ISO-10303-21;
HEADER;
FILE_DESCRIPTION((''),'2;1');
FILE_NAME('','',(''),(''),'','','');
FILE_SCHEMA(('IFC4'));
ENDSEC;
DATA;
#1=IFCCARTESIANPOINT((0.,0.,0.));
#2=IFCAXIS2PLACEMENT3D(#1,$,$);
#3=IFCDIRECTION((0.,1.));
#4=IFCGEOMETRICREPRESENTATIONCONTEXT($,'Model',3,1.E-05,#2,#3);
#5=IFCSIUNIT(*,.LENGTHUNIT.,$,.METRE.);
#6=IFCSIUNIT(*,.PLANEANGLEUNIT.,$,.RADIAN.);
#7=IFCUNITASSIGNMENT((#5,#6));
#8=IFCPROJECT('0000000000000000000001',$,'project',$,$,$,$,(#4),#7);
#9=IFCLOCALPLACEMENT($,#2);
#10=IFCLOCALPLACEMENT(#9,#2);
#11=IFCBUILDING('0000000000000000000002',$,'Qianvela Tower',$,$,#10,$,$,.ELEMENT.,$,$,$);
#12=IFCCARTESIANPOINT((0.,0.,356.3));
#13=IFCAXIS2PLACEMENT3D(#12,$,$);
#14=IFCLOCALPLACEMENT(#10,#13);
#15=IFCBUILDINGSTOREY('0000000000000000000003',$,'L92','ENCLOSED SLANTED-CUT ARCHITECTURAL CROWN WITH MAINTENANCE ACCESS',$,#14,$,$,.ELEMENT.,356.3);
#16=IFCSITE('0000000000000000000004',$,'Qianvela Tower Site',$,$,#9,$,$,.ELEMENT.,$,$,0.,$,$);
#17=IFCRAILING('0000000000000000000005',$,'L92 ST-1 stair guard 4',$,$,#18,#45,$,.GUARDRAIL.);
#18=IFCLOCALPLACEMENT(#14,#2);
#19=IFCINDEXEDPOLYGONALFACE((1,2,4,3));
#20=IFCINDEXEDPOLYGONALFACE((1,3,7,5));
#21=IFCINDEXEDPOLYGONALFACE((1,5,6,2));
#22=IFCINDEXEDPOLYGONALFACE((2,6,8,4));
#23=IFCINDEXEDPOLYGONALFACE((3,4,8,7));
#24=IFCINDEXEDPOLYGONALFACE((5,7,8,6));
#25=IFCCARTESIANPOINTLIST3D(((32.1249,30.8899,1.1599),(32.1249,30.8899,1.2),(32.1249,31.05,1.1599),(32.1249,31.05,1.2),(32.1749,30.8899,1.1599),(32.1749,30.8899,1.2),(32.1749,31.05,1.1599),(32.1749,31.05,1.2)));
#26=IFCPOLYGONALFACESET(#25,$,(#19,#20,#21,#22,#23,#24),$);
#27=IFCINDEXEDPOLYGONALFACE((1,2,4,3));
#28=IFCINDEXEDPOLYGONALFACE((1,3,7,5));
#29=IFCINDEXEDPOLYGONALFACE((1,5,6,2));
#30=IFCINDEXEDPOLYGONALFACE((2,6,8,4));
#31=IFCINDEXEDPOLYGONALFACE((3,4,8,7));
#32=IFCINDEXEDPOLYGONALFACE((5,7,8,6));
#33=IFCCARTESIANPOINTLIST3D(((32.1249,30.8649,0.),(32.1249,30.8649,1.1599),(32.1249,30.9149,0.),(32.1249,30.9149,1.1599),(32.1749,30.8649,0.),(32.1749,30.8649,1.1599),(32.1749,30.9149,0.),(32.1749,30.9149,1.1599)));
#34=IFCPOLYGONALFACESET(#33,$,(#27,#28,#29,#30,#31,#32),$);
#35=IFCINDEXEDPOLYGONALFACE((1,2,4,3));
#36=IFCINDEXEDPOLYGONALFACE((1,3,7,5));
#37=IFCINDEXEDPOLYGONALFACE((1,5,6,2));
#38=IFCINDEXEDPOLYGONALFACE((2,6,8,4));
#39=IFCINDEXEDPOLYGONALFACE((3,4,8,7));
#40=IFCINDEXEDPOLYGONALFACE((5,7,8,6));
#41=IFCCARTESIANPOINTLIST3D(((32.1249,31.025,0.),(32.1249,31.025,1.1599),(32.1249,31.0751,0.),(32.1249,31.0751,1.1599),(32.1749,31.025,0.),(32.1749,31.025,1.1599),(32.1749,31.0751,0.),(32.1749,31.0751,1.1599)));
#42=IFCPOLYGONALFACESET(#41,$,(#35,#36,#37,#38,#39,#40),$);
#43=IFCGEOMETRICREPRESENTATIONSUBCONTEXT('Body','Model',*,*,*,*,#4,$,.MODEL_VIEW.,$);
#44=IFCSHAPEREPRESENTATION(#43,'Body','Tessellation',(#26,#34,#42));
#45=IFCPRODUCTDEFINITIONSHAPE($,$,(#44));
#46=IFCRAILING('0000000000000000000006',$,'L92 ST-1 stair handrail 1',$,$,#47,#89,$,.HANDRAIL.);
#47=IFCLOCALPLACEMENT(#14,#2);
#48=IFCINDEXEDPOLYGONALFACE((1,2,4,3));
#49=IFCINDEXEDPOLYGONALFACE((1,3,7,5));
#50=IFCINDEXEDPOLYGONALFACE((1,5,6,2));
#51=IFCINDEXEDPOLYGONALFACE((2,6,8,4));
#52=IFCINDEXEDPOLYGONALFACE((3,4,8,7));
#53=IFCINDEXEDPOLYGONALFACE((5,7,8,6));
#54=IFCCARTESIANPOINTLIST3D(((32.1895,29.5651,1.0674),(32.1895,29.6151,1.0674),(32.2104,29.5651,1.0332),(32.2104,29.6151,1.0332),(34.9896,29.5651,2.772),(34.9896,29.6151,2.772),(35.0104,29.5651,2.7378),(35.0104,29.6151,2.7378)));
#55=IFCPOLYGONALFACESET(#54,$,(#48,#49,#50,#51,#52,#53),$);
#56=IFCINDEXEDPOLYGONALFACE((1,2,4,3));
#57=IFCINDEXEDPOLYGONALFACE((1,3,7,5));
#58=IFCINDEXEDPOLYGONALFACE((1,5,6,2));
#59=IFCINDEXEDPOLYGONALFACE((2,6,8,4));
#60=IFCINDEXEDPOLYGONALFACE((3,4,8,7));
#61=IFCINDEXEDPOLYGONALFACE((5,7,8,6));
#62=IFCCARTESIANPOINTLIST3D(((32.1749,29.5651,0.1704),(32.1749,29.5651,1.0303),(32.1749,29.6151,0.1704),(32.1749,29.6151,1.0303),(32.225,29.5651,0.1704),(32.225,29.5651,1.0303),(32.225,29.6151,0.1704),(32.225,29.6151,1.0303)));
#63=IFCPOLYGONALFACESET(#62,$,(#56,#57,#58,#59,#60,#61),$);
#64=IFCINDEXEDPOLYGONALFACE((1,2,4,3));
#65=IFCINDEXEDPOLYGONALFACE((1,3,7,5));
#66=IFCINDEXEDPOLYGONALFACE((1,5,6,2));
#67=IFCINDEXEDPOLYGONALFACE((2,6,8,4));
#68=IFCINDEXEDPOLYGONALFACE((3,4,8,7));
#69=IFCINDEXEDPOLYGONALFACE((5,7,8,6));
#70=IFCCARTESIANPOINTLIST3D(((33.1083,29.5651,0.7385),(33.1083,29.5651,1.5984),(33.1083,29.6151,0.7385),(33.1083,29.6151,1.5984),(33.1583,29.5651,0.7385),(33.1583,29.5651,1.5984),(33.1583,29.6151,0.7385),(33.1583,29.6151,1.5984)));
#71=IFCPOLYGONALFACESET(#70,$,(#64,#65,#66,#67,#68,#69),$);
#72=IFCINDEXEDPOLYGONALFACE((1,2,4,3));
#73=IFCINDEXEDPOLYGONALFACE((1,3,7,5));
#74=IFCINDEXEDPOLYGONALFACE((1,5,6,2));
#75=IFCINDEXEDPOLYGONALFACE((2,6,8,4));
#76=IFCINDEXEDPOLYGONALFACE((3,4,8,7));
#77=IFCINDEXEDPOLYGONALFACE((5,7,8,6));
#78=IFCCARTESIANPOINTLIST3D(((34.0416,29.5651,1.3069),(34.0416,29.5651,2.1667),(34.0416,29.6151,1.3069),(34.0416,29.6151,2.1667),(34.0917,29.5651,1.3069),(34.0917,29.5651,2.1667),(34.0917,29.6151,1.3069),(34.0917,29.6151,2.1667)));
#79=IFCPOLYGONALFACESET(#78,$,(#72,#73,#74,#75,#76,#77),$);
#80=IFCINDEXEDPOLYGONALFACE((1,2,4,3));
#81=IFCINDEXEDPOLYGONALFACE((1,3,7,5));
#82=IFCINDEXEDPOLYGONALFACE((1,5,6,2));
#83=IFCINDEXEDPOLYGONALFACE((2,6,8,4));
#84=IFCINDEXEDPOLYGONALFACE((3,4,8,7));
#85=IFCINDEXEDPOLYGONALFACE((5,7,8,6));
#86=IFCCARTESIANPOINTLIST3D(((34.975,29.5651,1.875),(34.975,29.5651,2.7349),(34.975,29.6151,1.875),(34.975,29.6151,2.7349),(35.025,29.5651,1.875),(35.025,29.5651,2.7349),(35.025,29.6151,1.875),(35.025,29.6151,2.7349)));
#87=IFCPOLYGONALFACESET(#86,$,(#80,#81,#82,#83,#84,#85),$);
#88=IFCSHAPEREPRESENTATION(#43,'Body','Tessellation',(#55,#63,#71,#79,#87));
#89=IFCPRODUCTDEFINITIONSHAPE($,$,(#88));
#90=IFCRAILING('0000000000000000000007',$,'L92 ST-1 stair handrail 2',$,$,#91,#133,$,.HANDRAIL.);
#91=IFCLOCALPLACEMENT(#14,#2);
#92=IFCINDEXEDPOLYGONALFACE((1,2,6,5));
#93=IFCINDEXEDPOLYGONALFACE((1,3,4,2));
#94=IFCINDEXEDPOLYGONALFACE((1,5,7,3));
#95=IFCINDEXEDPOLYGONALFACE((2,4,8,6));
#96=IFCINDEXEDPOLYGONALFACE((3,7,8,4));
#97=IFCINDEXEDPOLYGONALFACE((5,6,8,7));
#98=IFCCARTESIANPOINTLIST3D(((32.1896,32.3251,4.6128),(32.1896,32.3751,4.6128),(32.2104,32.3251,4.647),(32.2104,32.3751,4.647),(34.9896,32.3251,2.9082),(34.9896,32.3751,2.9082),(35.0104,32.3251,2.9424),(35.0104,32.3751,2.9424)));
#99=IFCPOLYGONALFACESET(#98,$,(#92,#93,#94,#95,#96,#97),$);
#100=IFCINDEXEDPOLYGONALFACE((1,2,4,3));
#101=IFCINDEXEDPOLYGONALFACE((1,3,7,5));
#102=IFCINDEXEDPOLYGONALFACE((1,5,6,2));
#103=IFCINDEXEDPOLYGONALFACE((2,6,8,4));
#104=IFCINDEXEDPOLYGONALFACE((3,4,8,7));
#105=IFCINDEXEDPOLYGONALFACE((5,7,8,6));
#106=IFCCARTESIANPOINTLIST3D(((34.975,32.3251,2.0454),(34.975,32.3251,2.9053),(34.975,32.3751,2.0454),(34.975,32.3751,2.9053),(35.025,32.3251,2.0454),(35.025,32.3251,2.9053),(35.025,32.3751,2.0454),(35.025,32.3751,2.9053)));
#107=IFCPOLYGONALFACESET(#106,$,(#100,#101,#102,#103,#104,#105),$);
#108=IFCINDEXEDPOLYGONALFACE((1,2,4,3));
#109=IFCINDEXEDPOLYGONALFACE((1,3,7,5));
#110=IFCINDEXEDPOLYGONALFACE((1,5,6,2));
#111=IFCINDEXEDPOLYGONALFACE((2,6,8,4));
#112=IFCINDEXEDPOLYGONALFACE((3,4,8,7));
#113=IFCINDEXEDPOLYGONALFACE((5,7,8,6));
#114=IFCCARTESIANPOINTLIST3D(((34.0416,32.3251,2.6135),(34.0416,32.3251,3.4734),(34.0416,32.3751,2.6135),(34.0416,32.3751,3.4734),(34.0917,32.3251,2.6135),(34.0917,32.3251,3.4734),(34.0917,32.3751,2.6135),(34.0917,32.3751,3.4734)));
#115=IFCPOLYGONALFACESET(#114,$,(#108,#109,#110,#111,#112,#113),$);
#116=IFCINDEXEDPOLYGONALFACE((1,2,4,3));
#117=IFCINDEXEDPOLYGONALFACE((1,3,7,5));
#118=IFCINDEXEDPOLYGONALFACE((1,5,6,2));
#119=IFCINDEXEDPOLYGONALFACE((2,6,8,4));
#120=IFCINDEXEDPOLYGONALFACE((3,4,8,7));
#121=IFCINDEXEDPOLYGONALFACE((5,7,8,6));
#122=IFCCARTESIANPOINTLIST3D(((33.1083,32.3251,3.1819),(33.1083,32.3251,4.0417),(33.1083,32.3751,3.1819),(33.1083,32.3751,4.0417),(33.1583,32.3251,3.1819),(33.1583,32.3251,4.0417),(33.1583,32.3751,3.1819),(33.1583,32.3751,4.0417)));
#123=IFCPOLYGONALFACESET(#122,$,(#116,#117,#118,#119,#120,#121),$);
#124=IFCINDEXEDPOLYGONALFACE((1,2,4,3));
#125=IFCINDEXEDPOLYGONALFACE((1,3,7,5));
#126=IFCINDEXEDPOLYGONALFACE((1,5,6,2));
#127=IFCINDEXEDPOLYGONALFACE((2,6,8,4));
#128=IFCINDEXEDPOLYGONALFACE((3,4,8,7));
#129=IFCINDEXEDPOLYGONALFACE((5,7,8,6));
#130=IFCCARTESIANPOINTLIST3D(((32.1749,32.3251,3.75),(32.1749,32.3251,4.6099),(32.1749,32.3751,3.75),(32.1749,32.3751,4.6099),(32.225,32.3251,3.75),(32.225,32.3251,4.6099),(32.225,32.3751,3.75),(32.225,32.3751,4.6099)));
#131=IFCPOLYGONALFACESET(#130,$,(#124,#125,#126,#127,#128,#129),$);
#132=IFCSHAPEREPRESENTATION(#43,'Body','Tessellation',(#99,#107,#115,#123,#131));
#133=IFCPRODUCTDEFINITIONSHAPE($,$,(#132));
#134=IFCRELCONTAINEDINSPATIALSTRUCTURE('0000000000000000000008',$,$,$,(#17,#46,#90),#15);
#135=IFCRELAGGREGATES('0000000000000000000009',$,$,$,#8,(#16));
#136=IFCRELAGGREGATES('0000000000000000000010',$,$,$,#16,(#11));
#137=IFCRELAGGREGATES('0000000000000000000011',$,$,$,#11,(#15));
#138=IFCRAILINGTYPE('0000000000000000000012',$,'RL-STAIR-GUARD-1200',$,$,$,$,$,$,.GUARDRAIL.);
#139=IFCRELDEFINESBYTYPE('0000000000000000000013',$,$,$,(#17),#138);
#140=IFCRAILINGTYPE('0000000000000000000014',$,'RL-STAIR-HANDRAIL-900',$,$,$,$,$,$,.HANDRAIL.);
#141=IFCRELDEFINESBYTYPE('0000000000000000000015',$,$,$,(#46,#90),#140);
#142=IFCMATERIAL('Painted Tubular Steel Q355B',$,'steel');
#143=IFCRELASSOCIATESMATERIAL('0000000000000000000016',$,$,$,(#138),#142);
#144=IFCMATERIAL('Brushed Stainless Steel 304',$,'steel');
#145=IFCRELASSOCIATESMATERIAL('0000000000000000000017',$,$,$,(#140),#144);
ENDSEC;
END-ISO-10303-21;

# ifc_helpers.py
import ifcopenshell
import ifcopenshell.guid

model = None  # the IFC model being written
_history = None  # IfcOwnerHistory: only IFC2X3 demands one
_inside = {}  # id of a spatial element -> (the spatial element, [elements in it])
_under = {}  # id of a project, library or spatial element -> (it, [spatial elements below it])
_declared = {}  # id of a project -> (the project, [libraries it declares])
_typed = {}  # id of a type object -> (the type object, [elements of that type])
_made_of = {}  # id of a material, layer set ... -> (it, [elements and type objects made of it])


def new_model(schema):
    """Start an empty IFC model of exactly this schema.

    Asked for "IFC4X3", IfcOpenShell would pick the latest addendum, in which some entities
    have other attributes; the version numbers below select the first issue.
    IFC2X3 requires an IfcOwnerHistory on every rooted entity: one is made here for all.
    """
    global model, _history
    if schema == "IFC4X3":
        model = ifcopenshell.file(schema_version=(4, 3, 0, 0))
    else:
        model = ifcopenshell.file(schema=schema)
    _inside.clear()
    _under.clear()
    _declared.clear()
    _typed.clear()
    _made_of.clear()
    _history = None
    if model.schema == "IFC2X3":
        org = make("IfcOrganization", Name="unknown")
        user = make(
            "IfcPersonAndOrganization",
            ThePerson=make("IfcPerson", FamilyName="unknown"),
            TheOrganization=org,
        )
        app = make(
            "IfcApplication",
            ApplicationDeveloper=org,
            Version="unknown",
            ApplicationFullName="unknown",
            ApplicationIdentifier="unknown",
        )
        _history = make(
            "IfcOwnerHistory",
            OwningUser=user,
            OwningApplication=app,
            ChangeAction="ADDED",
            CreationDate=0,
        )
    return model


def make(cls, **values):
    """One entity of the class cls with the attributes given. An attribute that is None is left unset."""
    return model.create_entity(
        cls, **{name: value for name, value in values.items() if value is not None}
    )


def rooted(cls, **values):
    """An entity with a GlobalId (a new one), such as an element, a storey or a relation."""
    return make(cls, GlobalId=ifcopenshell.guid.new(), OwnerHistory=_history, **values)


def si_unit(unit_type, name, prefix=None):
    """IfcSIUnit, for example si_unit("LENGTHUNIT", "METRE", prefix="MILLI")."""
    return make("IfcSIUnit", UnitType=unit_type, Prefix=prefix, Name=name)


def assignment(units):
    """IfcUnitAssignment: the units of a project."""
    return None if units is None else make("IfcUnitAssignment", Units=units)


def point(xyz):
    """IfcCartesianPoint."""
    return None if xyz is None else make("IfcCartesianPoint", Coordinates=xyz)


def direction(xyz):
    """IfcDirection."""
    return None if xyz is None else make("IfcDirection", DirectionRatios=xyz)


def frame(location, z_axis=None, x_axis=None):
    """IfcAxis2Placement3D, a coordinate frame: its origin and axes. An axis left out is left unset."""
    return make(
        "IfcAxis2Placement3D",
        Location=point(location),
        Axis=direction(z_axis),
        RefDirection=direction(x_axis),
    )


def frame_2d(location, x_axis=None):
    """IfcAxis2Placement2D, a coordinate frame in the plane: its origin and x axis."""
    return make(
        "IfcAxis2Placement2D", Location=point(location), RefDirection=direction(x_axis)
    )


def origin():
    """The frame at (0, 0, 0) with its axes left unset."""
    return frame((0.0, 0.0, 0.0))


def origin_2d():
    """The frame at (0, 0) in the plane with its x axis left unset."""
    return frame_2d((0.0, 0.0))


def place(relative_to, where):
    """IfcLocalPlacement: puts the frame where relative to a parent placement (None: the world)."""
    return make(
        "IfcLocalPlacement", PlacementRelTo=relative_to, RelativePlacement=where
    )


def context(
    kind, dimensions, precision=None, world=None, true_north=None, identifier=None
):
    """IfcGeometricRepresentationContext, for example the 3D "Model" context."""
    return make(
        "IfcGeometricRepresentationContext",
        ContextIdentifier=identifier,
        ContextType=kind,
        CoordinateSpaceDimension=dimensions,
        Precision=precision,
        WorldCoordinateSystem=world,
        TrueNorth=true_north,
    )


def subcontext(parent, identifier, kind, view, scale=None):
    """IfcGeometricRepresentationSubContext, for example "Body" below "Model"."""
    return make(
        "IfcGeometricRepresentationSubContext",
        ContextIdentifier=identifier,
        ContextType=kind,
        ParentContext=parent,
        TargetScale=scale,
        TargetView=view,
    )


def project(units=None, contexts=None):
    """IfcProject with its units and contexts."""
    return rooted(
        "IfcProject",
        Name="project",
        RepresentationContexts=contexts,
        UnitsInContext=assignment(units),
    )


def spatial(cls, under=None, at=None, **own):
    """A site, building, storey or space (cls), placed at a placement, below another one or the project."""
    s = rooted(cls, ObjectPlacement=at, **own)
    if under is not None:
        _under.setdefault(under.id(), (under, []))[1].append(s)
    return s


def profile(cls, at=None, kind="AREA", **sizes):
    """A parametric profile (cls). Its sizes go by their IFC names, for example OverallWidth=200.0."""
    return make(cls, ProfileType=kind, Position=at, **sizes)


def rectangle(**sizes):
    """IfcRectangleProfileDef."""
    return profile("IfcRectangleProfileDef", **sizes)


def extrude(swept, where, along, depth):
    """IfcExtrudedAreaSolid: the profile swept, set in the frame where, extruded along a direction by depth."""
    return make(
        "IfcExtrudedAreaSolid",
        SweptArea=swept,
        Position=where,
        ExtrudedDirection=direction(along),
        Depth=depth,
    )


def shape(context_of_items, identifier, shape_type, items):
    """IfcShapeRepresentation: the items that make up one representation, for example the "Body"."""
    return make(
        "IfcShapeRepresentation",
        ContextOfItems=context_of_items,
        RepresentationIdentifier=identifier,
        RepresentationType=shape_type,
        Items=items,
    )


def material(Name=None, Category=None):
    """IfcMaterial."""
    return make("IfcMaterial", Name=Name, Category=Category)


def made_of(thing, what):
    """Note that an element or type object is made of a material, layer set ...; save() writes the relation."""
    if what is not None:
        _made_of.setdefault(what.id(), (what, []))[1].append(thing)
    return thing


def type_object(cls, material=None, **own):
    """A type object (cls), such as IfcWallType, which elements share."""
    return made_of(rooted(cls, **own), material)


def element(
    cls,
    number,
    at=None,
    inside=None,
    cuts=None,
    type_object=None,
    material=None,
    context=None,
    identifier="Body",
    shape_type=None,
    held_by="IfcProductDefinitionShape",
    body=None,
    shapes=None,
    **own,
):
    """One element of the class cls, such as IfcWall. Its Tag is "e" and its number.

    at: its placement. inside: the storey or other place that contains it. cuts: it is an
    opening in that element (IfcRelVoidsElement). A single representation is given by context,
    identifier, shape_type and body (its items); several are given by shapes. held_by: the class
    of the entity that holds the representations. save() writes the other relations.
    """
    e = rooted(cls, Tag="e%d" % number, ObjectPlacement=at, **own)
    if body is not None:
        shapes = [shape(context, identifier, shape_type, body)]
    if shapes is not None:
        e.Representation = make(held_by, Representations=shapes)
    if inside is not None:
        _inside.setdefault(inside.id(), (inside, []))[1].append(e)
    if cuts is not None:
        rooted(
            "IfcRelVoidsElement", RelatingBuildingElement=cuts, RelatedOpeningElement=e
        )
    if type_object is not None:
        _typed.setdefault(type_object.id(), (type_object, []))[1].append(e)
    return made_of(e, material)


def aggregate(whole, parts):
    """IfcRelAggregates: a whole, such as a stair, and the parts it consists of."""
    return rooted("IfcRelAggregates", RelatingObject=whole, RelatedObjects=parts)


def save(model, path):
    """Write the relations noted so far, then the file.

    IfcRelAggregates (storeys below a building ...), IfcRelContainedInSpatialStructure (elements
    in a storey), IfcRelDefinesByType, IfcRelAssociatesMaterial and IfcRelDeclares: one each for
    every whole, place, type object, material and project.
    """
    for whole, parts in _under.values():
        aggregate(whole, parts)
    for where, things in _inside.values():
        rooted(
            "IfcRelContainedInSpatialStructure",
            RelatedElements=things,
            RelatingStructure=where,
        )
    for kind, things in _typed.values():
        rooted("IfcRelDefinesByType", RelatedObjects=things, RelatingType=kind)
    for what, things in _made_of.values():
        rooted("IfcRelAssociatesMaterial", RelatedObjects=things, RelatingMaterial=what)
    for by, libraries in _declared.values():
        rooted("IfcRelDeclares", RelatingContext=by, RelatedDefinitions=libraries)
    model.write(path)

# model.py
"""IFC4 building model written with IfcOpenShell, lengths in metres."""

from ifc_helpers import new_model, si_unit, direction, frame, origin, origin_2d, place, context, subcontext, project, spatial, rectangle, extrude, material, type_object, element, save


model = new_model("IFC4")

# Units and contexts
model_context = context("Model", 3, precision=1e-05, world=origin(), true_north=direction((0.0, 1.0)))
body_context = subcontext(model_context, "Body", "Model", "MODEL_VIEW")
ifc_project = project(units=[si_unit("LENGTHUNIT", "METRE"), si_unit("PLANEANGLEUNIT", "RADIAN")], contexts=[model_context])

# Site, building, storey
site_placement = place(None, origin())
site = spatial("IfcSite", under=ifc_project, at=site_placement, Name="Qianvela Tower Site", CompositionType="ELEMENT", RefElevation=0.0)
building_placement = place(site_placement, origin())
building = spatial("IfcBuilding", under=site, at=building_placement, Name="Qianvela Tower", CompositionType="ELEMENT")
storey_placement = place(building_placement, frame((0.0, 0.0, 356.3)))
storey = spatial("IfcBuildingStorey", under=building, at=storey_placement, Name="L92", Description="ENCLOSED SLANTED-CUT ARCHITECTURAL CROWN WITH MAINTENANCE ACCESS", CompositionType="ELEMENT", Elevation=356.3)

# Railings
ifc_material_1 = material(Name="Painted Tubular Steel Q355B", Category="steel")
railing_type_1 = type_object("IfcRailingType", Name="RL-STAIR-GUARD-1200", PredefinedType="GUARDRAIL", material=ifc_material_1)
railing_1_placement = place(storey_placement, frame((32.1499, 30.8899, 0.0)))
element("IfcRailing", 1, at=railing_1_placement, inside=storey, type_object=railing_type_1, Name="L92 ST-1 stair guard 4", PredefinedType="GUARDRAIL", context=body_context, shape_type="SweptSolid", body=[
    extrude(rectangle(XDim=0.05, YDim=0.04, at=origin_2d()), frame((0.0, 0.0, 1.1799), z_axis=(0.0, 1.0, 0.0), x_axis=(-1.0, 0.0, 0.0)), (0.0, 0.0, 1.0), 0.1602),
    extrude(rectangle(XDim=0.05, YDim=0.05, at=origin_2d()), origin(), (0.0, 0.0, 1.0), 1.1599),
    extrude(rectangle(XDim=0.05, YDim=0.05, at=origin_2d()), frame((0.0, 0.1602, 0.0)), (0.0, 0.0, 1.0), 1.1599),
])
ifc_material_2 = material(Name="Brushed Stainless Steel 304", Category="steel")
railing_type_2 = type_object("IfcRailingType", Name="RL-STAIR-HANDRAIL-900", PredefinedType="HANDRAIL", material=ifc_material_2)
railing_2_placement = place(storey_placement, frame((32.2, 29.5901, 0.1704)))
element("IfcRailing", 2, at=railing_2_placement, inside=storey, type_object=railing_type_2, Name="L92 ST-1 stair handrail 1", PredefinedType="HANDRAIL", context=body_context, shape_type="SweptSolid", body=[
    extrude(rectangle(XDim=0.05, YDim=0.04, at=origin_2d()), frame((0.0, 0.0, 0.8799), z_axis=(0.85417, 0.0, 0.519994), x_axis=(0.0, 1.0, 0.0)), (0.0, 0.0, 1.0), 3.2781),
    extrude(rectangle(XDim=0.05, YDim=0.05, at=origin_2d()), origin(), (0.0, 0.0, 1.0), 0.8599),
    extrude(rectangle(XDim=0.05, YDim=0.05, at=origin_2d()), frame((0.9333, 0.0, 0.5681)), (0.0, 0.0, 1.0), 0.8599),
    extrude(rectangle(XDim=0.05, YDim=0.05, at=origin_2d()), frame((1.8667, 0.0, 1.1365)), (0.0, 0.0, 1.0), 0.8599),
    extrude(rectangle(XDim=0.05, YDim=0.05, at=origin_2d()), frame((2.8, 0.0, 1.7046)), (0.0, 0.0, 1.0), 0.8599),
])
railing_3_placement = place(storey_placement, frame((35.0, 32.3501, 2.0454)))
element("IfcRailing", 3, at=railing_3_placement, inside=storey, type_object=railing_type_2, Name="L92 ST-1 stair handrail 2", PredefinedType="HANDRAIL", context=body_context, shape_type="SweptSolid", body=[
    extrude(rectangle(XDim=0.05, YDim=0.04, at=origin_2d()), frame((0.0, 0.0, 0.8799), z_axis=(-0.85417, 0.0, 0.519994), x_axis=(0.0, -1.0, 0.0)), (0.0, 0.0, 1.0), 3.2781),
    extrude(rectangle(XDim=0.05, YDim=0.05, at=origin_2d()), origin(), (0.0, 0.0, 1.0), 0.8599),
    extrude(rectangle(XDim=0.05, YDim=0.05, at=origin_2d()), frame((-0.9333, 0.0, 0.5681)), (0.0, 0.0, 1.0), 0.8599),
    extrude(rectangle(XDim=0.05, YDim=0.05, at=origin_2d()), frame((-1.8667, 0.0, 1.1365)), (0.0, 0.0, 1.0), 0.8599),
    extrude(rectangle(XDim=0.05, YDim=0.05, at=origin_2d()), frame((-2.8, 0.0, 1.7046)), (0.0, 0.0, 1.0), 0.8599),
])

save(model, "model.ifc")
